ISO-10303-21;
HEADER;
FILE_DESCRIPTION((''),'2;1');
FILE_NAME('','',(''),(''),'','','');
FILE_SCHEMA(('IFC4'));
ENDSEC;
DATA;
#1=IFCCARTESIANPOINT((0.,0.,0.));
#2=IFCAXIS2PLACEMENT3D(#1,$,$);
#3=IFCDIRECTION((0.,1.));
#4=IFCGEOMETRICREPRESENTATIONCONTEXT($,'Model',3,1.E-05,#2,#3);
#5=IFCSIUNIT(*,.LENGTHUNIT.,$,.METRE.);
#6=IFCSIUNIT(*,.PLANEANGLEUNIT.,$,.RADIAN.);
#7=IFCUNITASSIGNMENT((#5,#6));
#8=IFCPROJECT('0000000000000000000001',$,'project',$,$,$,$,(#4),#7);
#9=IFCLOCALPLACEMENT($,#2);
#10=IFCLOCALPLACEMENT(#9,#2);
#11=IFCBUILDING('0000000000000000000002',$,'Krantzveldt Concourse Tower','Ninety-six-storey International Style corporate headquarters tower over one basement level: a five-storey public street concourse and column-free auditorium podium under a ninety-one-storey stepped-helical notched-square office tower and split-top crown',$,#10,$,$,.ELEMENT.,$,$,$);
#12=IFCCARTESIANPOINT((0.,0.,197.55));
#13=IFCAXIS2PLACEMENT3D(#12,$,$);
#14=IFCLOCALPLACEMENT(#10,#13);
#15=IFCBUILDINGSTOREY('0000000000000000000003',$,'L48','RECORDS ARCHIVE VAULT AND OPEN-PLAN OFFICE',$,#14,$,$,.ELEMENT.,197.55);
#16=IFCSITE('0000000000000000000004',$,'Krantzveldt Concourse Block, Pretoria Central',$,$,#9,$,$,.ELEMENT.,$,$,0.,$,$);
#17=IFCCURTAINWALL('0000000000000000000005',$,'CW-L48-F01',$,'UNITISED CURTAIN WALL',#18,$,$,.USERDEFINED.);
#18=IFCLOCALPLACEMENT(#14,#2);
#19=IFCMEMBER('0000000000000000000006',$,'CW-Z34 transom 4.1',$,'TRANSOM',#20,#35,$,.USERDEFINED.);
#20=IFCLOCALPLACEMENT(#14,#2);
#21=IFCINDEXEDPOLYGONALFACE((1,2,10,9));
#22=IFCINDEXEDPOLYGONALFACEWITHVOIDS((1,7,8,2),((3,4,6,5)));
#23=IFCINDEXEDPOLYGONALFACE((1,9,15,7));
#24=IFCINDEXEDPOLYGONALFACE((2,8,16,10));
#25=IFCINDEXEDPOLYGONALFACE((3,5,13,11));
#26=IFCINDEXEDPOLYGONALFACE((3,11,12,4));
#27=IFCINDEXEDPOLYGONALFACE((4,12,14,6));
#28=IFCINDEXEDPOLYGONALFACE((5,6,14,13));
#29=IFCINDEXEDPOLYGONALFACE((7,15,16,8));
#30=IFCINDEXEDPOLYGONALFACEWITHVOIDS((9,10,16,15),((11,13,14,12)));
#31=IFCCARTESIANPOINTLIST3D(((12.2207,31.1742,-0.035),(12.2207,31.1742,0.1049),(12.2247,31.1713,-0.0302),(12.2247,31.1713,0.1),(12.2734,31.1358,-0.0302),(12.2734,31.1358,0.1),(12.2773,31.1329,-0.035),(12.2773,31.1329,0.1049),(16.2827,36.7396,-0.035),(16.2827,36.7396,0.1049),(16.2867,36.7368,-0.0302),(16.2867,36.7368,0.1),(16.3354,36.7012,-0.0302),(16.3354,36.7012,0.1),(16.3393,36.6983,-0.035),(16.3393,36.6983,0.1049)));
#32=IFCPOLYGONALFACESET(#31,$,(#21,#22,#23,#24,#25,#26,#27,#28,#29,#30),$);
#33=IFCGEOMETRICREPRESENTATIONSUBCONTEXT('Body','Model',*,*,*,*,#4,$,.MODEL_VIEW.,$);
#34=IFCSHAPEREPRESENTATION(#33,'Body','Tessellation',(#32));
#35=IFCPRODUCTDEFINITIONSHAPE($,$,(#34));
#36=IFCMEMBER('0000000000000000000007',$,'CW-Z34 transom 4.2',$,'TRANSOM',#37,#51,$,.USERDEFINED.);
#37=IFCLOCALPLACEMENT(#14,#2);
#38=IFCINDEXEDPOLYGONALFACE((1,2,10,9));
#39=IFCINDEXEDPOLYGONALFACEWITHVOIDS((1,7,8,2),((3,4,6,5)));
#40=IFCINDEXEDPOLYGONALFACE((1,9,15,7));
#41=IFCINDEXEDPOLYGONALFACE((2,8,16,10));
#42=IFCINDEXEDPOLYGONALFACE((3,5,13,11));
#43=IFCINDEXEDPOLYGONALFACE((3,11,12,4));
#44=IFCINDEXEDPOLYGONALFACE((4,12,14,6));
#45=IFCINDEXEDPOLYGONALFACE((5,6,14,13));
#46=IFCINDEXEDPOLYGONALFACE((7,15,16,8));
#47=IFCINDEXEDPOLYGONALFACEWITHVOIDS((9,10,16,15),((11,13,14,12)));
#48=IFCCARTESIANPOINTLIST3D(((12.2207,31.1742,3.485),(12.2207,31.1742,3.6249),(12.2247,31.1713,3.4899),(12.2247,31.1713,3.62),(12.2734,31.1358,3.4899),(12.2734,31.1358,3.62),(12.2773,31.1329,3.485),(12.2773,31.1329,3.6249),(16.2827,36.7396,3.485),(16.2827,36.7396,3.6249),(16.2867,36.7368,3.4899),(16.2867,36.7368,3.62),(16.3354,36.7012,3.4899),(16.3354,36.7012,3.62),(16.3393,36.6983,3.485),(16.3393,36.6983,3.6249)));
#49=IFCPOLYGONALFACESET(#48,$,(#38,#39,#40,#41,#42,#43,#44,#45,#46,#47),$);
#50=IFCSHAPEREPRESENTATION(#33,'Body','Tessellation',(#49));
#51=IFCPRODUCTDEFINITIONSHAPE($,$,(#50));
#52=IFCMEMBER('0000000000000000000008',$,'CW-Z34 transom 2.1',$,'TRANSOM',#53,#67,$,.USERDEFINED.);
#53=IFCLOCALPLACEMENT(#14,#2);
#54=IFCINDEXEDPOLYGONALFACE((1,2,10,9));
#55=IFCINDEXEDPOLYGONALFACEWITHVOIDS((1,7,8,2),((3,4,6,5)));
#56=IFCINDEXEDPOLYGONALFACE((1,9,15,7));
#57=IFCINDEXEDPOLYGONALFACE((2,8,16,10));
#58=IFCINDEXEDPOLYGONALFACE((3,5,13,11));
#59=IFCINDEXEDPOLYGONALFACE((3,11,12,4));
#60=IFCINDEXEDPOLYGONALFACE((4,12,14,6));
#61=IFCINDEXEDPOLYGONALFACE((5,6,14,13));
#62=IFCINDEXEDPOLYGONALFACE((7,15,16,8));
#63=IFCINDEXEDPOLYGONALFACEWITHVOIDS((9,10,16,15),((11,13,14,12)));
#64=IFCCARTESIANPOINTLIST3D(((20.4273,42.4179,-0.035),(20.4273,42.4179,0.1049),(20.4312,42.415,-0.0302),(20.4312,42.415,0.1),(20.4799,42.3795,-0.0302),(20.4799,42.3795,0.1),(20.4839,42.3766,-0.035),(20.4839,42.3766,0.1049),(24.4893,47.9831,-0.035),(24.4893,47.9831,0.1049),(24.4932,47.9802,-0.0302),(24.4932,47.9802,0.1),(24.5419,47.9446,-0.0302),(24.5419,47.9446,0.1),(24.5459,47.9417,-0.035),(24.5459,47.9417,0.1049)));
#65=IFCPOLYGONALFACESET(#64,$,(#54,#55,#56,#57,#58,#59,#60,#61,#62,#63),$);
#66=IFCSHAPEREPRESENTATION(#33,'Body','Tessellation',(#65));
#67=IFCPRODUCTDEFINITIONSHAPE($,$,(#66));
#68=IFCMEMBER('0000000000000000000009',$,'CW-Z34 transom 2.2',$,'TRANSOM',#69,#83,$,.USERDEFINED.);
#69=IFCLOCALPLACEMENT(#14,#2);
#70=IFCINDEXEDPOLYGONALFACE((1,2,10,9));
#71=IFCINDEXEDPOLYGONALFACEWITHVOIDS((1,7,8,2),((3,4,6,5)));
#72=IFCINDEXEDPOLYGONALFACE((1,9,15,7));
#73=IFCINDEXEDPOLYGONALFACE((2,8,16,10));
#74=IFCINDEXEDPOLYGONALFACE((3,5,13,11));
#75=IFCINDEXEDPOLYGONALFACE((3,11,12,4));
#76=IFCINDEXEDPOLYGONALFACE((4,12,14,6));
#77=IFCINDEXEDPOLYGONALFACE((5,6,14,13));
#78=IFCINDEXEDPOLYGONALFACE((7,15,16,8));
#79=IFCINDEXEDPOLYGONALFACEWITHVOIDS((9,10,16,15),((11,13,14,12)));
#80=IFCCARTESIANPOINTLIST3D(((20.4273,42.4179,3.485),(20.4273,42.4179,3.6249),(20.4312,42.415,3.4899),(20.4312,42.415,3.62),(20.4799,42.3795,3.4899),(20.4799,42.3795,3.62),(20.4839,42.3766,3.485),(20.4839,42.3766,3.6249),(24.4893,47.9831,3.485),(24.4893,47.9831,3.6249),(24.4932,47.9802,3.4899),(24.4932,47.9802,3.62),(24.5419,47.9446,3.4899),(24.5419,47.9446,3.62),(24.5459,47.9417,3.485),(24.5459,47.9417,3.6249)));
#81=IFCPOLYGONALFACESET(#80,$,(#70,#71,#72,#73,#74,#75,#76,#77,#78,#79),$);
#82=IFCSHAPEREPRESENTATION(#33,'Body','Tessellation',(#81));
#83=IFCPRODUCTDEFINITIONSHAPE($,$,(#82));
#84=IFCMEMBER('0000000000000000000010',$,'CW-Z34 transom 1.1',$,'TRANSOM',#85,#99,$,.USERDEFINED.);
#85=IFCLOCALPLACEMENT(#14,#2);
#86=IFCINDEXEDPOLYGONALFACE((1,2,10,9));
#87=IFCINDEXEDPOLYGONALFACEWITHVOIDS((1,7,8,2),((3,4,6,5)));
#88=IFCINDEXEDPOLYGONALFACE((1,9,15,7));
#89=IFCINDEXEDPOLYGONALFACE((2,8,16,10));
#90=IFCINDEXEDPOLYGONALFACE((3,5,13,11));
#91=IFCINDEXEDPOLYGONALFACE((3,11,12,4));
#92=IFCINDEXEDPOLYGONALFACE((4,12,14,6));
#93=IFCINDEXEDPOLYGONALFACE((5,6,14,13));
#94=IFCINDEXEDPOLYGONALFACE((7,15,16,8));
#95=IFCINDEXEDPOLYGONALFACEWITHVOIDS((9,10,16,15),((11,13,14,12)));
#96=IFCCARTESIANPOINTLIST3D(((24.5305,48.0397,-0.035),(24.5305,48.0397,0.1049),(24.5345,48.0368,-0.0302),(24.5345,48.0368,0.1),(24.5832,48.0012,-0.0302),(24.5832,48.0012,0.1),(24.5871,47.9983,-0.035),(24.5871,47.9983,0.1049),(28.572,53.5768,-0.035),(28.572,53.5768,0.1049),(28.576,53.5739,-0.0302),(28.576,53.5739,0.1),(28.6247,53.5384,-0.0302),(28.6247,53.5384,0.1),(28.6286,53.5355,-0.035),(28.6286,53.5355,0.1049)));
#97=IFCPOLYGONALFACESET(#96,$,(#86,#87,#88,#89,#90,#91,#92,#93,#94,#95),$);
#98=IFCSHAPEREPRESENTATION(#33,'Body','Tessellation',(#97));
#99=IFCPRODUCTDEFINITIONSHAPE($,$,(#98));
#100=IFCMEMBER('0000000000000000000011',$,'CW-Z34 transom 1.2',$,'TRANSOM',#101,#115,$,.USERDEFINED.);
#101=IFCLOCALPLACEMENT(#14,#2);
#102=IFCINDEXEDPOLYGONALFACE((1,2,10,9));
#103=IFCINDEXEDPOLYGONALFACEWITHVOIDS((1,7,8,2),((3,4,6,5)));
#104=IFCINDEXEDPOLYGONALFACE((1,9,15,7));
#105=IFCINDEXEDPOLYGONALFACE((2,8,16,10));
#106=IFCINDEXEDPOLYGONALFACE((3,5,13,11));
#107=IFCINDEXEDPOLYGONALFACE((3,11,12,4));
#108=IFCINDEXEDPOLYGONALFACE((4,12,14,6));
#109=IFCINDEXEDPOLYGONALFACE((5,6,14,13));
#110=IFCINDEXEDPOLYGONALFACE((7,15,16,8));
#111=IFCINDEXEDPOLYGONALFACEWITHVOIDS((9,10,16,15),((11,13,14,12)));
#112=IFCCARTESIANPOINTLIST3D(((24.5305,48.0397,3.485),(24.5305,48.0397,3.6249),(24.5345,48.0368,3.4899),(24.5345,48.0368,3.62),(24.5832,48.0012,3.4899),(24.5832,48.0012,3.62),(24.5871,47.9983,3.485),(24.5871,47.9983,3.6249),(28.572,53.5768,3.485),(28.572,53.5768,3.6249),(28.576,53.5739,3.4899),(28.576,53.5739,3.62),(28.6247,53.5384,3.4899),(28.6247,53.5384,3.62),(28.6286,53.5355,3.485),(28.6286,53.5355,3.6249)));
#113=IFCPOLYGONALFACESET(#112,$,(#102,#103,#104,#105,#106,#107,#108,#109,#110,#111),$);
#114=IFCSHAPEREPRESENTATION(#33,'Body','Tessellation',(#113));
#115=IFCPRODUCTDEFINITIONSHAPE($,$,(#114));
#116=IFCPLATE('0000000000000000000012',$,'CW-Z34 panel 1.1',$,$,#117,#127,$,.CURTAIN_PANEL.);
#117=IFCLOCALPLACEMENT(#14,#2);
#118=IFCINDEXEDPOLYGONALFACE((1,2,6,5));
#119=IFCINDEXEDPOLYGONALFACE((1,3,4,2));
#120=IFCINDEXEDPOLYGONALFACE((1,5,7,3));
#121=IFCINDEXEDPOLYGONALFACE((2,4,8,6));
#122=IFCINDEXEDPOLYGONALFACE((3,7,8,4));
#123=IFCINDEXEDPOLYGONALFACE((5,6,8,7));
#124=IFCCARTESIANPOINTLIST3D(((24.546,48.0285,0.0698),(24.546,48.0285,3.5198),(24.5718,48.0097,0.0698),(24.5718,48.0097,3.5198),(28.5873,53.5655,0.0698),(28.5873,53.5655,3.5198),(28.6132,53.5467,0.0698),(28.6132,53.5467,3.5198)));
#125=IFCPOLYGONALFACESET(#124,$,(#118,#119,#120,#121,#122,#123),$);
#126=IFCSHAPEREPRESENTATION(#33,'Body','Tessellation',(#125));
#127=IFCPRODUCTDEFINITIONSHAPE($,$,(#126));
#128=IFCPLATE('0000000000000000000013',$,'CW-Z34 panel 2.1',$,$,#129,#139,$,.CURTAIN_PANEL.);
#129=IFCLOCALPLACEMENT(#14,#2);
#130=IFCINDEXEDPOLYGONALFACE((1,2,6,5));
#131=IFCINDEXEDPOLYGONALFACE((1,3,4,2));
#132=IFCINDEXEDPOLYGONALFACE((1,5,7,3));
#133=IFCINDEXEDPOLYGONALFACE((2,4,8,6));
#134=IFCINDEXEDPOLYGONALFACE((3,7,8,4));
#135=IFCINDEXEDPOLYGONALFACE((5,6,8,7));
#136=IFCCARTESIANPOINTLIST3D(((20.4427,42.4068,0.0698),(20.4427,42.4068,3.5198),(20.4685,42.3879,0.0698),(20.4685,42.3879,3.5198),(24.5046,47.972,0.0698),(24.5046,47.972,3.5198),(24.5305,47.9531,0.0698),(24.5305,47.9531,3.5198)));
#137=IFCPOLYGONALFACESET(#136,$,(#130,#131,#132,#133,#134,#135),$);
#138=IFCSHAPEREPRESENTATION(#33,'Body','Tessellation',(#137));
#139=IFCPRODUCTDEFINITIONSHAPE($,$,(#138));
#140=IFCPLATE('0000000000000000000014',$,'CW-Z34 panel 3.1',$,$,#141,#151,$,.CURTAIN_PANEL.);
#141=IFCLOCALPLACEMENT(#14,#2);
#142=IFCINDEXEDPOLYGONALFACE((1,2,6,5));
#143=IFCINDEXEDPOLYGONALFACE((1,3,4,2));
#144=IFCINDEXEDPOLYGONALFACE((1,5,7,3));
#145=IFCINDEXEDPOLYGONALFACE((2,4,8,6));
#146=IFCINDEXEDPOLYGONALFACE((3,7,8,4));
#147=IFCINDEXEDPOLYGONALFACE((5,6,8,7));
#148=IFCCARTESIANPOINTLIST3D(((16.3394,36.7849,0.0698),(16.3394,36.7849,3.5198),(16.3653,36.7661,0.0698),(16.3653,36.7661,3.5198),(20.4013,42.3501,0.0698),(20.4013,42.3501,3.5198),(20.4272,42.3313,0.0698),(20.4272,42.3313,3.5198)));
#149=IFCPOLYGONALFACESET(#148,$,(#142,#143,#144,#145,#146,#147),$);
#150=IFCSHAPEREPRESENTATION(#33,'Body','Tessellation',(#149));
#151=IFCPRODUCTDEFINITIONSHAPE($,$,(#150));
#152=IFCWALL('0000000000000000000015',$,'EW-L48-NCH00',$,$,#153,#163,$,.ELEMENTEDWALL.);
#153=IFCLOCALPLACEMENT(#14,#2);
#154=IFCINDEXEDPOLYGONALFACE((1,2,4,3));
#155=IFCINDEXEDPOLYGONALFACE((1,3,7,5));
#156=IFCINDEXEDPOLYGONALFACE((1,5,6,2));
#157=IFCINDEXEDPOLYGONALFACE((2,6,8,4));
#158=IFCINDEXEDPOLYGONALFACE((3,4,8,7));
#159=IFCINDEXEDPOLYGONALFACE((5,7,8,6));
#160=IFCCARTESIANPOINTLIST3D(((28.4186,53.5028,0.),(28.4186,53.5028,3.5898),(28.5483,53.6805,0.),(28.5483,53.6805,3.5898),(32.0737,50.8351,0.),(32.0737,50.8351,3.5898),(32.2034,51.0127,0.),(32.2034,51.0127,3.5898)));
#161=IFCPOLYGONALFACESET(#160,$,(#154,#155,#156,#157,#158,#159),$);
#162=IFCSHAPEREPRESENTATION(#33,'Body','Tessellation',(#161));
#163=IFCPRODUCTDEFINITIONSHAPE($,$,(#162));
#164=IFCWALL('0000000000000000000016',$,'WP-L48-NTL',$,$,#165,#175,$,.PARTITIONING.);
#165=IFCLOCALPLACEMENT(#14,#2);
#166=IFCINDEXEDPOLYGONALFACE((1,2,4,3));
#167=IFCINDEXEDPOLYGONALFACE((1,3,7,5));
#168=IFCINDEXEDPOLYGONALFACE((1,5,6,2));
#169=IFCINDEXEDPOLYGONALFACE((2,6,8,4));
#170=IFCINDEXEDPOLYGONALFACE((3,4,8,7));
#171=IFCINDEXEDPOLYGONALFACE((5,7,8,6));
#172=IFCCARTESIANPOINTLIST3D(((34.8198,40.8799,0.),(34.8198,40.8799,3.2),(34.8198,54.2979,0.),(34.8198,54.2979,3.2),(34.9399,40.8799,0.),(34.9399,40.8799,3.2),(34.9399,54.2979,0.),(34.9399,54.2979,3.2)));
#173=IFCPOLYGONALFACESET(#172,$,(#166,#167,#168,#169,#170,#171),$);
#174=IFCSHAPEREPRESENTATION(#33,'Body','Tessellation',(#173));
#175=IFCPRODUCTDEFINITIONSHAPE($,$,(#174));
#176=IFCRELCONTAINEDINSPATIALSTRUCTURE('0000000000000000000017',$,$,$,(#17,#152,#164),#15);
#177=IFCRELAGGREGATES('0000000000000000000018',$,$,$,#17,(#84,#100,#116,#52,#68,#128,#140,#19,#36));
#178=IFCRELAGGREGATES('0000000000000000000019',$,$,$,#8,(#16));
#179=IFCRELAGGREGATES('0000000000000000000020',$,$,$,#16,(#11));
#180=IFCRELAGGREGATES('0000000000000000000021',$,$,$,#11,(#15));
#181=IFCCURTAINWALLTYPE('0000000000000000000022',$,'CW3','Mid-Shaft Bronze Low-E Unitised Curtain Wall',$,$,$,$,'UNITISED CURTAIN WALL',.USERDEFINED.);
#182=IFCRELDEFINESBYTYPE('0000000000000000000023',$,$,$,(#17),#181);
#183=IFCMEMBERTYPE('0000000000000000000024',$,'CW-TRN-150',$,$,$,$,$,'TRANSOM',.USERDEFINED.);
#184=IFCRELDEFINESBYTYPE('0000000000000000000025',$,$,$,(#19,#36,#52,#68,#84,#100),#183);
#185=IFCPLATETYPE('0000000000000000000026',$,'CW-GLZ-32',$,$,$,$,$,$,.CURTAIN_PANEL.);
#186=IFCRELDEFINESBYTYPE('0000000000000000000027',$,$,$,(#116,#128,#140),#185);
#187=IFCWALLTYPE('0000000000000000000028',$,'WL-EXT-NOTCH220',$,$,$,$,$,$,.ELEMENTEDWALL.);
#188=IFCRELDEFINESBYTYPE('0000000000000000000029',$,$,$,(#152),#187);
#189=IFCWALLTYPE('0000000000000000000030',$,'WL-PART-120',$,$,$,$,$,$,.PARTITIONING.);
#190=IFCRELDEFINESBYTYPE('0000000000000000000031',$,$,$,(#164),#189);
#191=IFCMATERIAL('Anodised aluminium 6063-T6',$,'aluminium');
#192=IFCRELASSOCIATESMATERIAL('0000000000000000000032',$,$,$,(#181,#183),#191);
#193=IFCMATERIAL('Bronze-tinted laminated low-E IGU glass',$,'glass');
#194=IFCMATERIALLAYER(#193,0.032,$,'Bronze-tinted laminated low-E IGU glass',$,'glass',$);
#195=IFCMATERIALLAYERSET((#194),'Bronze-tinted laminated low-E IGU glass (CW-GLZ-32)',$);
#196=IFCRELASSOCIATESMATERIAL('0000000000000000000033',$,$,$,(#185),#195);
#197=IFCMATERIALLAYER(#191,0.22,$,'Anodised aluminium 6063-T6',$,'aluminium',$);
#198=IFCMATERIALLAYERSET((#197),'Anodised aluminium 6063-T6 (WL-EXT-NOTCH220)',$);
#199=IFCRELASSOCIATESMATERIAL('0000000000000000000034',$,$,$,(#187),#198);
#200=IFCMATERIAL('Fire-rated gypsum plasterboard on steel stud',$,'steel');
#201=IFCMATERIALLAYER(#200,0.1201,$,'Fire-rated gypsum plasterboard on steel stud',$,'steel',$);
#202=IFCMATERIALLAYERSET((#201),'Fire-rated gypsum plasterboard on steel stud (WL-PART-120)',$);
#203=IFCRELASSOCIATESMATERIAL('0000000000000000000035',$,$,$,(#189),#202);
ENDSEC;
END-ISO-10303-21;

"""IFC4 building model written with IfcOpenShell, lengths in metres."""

from ifc_helpers import new_model, si_unit, direction, frame, frame_2d, origin, origin_2d, place, context, subcontext, project, spatial, rectangle, hollow_rectangle, extrude, source, transform, mapped, material, layer, layer_set, material_profile, profile_set, type_object, type_shapes, element, aggregate, save


model = new_model("IFC4")

# Units and contexts
model_context = context("Model", 3, precision=1e-05, world=origin(), true_north=direction((0.0, 1.0)))
body_context = subcontext(model_context, "Body", "Model", "MODEL_VIEW")
ifc_project = project(units=[si_unit("LENGTHUNIT", "METRE"), si_unit("PLANEANGLEUNIT", "RADIAN")], contexts=[model_context])

# Site, building, storey
site_placement = place(None, origin())
site = spatial("IfcSite", under=ifc_project, at=site_placement, Name="Krantzveldt Concourse Block, Pretoria Central", CompositionType="ELEMENT", RefElevation=0.0)
building_placement = place(site_placement, origin())
building = spatial("IfcBuilding", under=site, at=building_placement, Name="Krantzveldt Concourse Tower", Description="Ninety-six-storey International Style corporate headquarters tower over one basement level: a five-storey public street concourse and column-free auditorium podium under a ninety-one-storey stepped-helical notched-square office tower and split-top crown", CompositionType="ELEMENT")
storey_placement = place(building_placement, frame((0.0, 0.0, 197.55)))
storey = spatial("IfcBuildingStorey", under=building, at=storey_placement, Name="L48", Description="RECORDS ARCHIVE VAULT AND OPEN-PLAN OFFICE", CompositionType="ELEMENT", Elevation=197.55)

# Curtain wall
ifc_material_1 = material(Name="Anodised aluminium 6063-T6", Category="aluminium")
curtain_wall_type = type_object("IfcCurtainWallType", Name="CW3", Description="Mid-Shaft Bronze Low-E Unitised Curtain Wall", ElementType="UNITISED CURTAIN WALL", PredefinedType="USERDEFINED", material=ifc_material_1)
curtain_wall_1_placement = place(storey_placement, origin())
curtain_wall_1 = element("IfcCurtainWall", 1, at=curtain_wall_1_placement, inside=storey, type_object=curtain_wall_type, Name="CW-L48-F01", ObjectType="UNITISED CURTAIN WALL", PredefinedType="USERDEFINED")

# Members
ifc_material_profile_1 = material_profile(ifc_material_1, hollow_rectangle(XDim=0.0701, YDim=0.1399, WallThickness=0.0049, at=origin_2d()), Name="Anodised aluminium 6063-T6", Category="aluminium")
ifc_profile_set_1 = profile_set([ifc_material_profile_1], Name="Anodised aluminium 6063-T6 - ALU-TRAN 140x70x5")
member_type_1 = type_object("IfcMemberType", Name="CW-TRN-150", ElementType="TRANSOM", PredefinedType="USERDEFINED", material=ifc_profile_set_1)
shared_shape_1 = source(origin(), body_context, "Body", "SweptSolid", [
    extrude(hollow_rectangle(XDim=0.0701, YDim=0.1399, WallThickness=0.0049, at=origin_2d()), origin(), (0.0, 0.0, 1.0), 6.8901),
])
member_1_placement = place(storey_placement, frame((16.311, 36.719, 0.0349), z_axis=(-0.58954, -0.807739, 0.0), x_axis=(0.807739, -0.58954, 0.0)))
member_1 = element("IfcMember", 2, at=member_1_placement, type_object=member_type_1, Name="CW-Z34 transom 4.1", ObjectType="TRANSOM", PredefinedType="USERDEFINED", context=body_context, shape_type="MappedRepresentation", body=[
    mapped(shared_shape_1, transform((0.0, 0.0, 0.0), x_axis=(1.0, 0.0, 0.0), y_axis=(0.0, 1.0, 0.0), z_axis=(0.0, 0.0, 1.0), scale=1.0)),
])
member_2_placement = place(storey_placement, frame((16.311, 36.719, 3.5549), z_axis=(-0.58954, -0.807739, 0.0), x_axis=(0.807739, -0.58954, 0.0)))
member_2 = element("IfcMember", 3, at=member_2_placement, type_object=member_type_1, Name="CW-Z34 transom 4.2", ObjectType="TRANSOM", PredefinedType="USERDEFINED", context=body_context, shape_type="MappedRepresentation", body=[
    mapped(shared_shape_1, transform((0.0, 0.0, 0.0), x_axis=(1.0, 0.0, 0.0), y_axis=(0.0, 1.0, 0.0), z_axis=(0.0, 0.0, 1.0), scale=1.0)),
])
shared_shape_2 = source(origin(), body_context, "Body", "SweptSolid", [
    extrude(hollow_rectangle(XDim=0.0701, YDim=0.1399, WallThickness=0.0049, at=origin_2d()), origin(), (0.0, 0.0, 1.0), 6.8899),
])
member_3_placement = place(storey_placement, frame((24.5176, 47.9624, 0.0349), z_axis=(-0.589557, -0.807727, 0.0), x_axis=(0.807727, -0.589557, 0.0)))
member_3 = element("IfcMember", 4, at=member_3_placement, type_object=member_type_1, Name="CW-Z34 transom 2.1", ObjectType="TRANSOM", PredefinedType="USERDEFINED", context=body_context, shape_type="MappedRepresentation", body=[
    mapped(shared_shape_2, transform((0.0, 0.0, 0.0), x_axis=(1.0, 0.0, 0.0), y_axis=(0.0, 1.0, 0.0), z_axis=(0.0, 0.0, 1.0), scale=1.0)),
])
member_4_placement = place(storey_placement, frame((24.5176, 47.9624, 3.5549), z_axis=(-0.589557, -0.807727, 0.0), x_axis=(0.807727, -0.589557, 0.0)))
member_4 = element("IfcMember", 5, at=member_4_placement, type_object=member_type_1, Name="CW-Z34 transom 2.2", ObjectType="TRANSOM", PredefinedType="USERDEFINED", context=body_context, shape_type="MappedRepresentation", body=[
    mapped(shared_shape_2, transform((0.0, 0.0, 0.0), x_axis=(1.0, 0.0, 0.0), y_axis=(0.0, 1.0, 0.0), z_axis=(0.0, 0.0, 1.0), scale=1.0)),
])
shared_shape_3 = source(origin(), body_context, "Body", "SweptSolid", [
    extrude(hollow_rectangle(XDim=0.0701, YDim=0.1399, WallThickness=0.0049, at=origin_2d()), origin(), (0.0, 0.0, 1.0), 6.8552),
])
type_shapes(member_type_1, [shared_shape_1, shared_shape_2, shared_shape_3])
member_5_placement = place(storey_placement, frame((28.6003, 53.5562, 0.0349), z_axis=(-0.589556, -0.807728, 0.0), x_axis=(0.807728, -0.589556, 0.0)))
member_5 = element("IfcMember", 6, at=member_5_placement, type_object=member_type_1, Name="CW-Z34 transom 1.1", ObjectType="TRANSOM", PredefinedType="USERDEFINED", context=body_context, shape_type="MappedRepresentation", body=[
    mapped(shared_shape_3, transform((0.0, 0.0, 0.0), x_axis=(1.0, 0.0, 0.0), y_axis=(0.0, 1.0, 0.0), z_axis=(0.0, 0.0, 1.0), scale=1.0)),
])
member_6_placement = place(storey_placement, frame((28.6003, 53.5562, 3.5549), z_axis=(-0.589556, -0.807728, 0.0), x_axis=(0.807728, -0.589556, 0.0)))
member_6 = element("IfcMember", 7, at=member_6_placement, type_object=member_type_1, Name="CW-Z34 transom 1.2", ObjectType="TRANSOM", PredefinedType="USERDEFINED", context=body_context, shape_type="MappedRepresentation", body=[
    mapped(shared_shape_3, transform((0.0, 0.0, 0.0), x_axis=(1.0, 0.0, 0.0), y_axis=(0.0, 1.0, 0.0), z_axis=(0.0, 0.0, 1.0), scale=1.0)),
])

# Plates
ifc_material_2 = material(Name="Bronze-tinted laminated low-E IGU glass", Category="glass")
ifc_layer_1 = layer(ifc_material_2, 0.032, Name="Bronze-tinted laminated low-E IGU glass", Category="glass")
ifc_layer_set_1 = layer_set([ifc_layer_1], Name="Bronze-tinted laminated low-E IGU glass (CW-GLZ-32)")
plate_type = type_object("IfcPlateType", Name="CW-GLZ-32", PredefinedType="CURTAIN_PANEL", material=ifc_layer_set_1)
shared_shape_4 = source(origin(), body_context, "Body", "SweptSolid", [
    extrude(rectangle(XDim=6.855, YDim=0.032, at=origin_2d()), origin(), (0.0, 0.0, 1.0), 3.45),
])
plate_1_placement = place(storey_placement, frame((26.5796, 50.7876, 0.0698), z_axis=(0.0, 0.0, 1.0), x_axis=(-0.589549, -0.807733, 0.0)))
plate_1 = element("IfcPlate", 8, at=plate_1_placement, type_object=plate_type, Name="CW-Z34 panel 1.1", PredefinedType="CURTAIN_PANEL", context=body_context, shape_type="MappedRepresentation", body=[
    mapped(shared_shape_4, transform((0.0, 0.0, 0.0), x_axis=(1.0, 0.0, 0.0), y_axis=(0.0, 1.0, 0.0), z_axis=(0.0, 0.0, 1.0), scale=1.0)),
])
shared_shape_5 = source(origin(), body_context, "Body", "SweptSolid", [
    extrude(rectangle(XDim=6.8899, YDim=0.032, at=origin_2d()), origin(), (0.0, 0.0, 1.0), 3.45),
])
type_shapes(plate_type, [shared_shape_4, shared_shape_5])
plate_2_placement = place(storey_placement, frame((22.4866, 45.1799, 0.0698), z_axis=(0.0, 0.0, 1.0), x_axis=(-0.589549, -0.807733, 0.0)))
plate_2 = element("IfcPlate", 9, at=plate_2_placement, type_object=plate_type, Name="CW-Z34 panel 2.1", PredefinedType="CURTAIN_PANEL", context=body_context, shape_type="MappedRepresentation", body=[
    mapped(shared_shape_5, transform((0.0, 0.0, 0.0), x_axis=(1.0, 0.0, 0.0), y_axis=(0.0, 1.0, 0.0), z_axis=(0.0, 0.0, 1.0), scale=1.0)),
])
plate_3_placement = place(storey_placement, frame((18.3833, 39.5581, 0.0698), z_axis=(0.0, 0.0, 1.0), x_axis=(-0.589549, -0.807733, 0.0)))
plate_3 = element("IfcPlate", 10, at=plate_3_placement, type_object=plate_type, Name="CW-Z34 panel 3.1", PredefinedType="CURTAIN_PANEL", context=body_context, shape_type="MappedRepresentation", body=[
    mapped(shared_shape_5, transform((0.0, 0.0, 0.0), x_axis=(1.0, 0.0, 0.0), y_axis=(0.0, 1.0, 0.0), z_axis=(0.0, 0.0, 1.0), scale=1.0)),
])
aggregate(curtain_wall_1, [member_5, member_6, plate_1, member_3, member_4, plate_2, plate_3, member_1, member_2])

# Walls
ifc_layer_2 = layer(ifc_material_1, 0.22, Name="Anodised aluminium 6063-T6", Category="aluminium")
ifc_layer_set_2 = layer_set([ifc_layer_2], Name="Anodised aluminium 6063-T6 (WL-EXT-NOTCH220)")
wall_type_1 = type_object("IfcWallType", Name="WL-EXT-NOTCH220", PredefinedType="ELEMENTEDWALL", material=ifc_layer_set_2)
wall_1_placement = place(storey_placement, frame((32.1387, 50.9238, 0.0), z_axis=(0.0, 0.0, 1.0), x_axis=(-0.807734, 0.589547, 0.0)))
element("IfcWall", 11, at=wall_1_placement, inside=storey, type_object=wall_type_1, Name="EW-L48-NCH00", PredefinedType="ELEMENTEDWALL", context=body_context, shape_type="SweptSolid", body=[
    extrude(rectangle(XDim=4.5251, YDim=0.22, at=frame_2d((2.2627, 0.0))), origin(), (0.0, 0.0, 1.0), 3.5898),
])
ifc_material_3 = material(Name="Fire-rated gypsum plasterboard on steel stud", Category="steel")
ifc_layer_3 = layer(ifc_material_3, 0.1201, Name="Fire-rated gypsum plasterboard on steel stud", Category="steel")
ifc_layer_set_3 = layer_set([ifc_layer_3], Name="Fire-rated gypsum plasterboard on steel stud (WL-PART-120)")
wall_type_2 = type_object("IfcWallType", Name="WL-PART-120", PredefinedType="PARTITIONING", material=ifc_layer_set_3)
wall_2_placement = place(storey_placement, frame((34.8799, 40.8799, 0.0), z_axis=(0.0, 0.0, 1.0), x_axis=(0.0, 1.0, 0.0)))
element("IfcWall", 12, at=wall_2_placement, inside=storey, type_object=wall_type_2, Name="WP-L48-NTL", PredefinedType="PARTITIONING", context=body_context, shape_type="SweptSolid", body=[
    extrude(rectangle(XDim=13.418, YDim=0.1201, at=frame_2d((6.709, 0.0))), origin(), (0.0, 0.0, 1.0), 3.2),
])

save(model, "model.ifc")
